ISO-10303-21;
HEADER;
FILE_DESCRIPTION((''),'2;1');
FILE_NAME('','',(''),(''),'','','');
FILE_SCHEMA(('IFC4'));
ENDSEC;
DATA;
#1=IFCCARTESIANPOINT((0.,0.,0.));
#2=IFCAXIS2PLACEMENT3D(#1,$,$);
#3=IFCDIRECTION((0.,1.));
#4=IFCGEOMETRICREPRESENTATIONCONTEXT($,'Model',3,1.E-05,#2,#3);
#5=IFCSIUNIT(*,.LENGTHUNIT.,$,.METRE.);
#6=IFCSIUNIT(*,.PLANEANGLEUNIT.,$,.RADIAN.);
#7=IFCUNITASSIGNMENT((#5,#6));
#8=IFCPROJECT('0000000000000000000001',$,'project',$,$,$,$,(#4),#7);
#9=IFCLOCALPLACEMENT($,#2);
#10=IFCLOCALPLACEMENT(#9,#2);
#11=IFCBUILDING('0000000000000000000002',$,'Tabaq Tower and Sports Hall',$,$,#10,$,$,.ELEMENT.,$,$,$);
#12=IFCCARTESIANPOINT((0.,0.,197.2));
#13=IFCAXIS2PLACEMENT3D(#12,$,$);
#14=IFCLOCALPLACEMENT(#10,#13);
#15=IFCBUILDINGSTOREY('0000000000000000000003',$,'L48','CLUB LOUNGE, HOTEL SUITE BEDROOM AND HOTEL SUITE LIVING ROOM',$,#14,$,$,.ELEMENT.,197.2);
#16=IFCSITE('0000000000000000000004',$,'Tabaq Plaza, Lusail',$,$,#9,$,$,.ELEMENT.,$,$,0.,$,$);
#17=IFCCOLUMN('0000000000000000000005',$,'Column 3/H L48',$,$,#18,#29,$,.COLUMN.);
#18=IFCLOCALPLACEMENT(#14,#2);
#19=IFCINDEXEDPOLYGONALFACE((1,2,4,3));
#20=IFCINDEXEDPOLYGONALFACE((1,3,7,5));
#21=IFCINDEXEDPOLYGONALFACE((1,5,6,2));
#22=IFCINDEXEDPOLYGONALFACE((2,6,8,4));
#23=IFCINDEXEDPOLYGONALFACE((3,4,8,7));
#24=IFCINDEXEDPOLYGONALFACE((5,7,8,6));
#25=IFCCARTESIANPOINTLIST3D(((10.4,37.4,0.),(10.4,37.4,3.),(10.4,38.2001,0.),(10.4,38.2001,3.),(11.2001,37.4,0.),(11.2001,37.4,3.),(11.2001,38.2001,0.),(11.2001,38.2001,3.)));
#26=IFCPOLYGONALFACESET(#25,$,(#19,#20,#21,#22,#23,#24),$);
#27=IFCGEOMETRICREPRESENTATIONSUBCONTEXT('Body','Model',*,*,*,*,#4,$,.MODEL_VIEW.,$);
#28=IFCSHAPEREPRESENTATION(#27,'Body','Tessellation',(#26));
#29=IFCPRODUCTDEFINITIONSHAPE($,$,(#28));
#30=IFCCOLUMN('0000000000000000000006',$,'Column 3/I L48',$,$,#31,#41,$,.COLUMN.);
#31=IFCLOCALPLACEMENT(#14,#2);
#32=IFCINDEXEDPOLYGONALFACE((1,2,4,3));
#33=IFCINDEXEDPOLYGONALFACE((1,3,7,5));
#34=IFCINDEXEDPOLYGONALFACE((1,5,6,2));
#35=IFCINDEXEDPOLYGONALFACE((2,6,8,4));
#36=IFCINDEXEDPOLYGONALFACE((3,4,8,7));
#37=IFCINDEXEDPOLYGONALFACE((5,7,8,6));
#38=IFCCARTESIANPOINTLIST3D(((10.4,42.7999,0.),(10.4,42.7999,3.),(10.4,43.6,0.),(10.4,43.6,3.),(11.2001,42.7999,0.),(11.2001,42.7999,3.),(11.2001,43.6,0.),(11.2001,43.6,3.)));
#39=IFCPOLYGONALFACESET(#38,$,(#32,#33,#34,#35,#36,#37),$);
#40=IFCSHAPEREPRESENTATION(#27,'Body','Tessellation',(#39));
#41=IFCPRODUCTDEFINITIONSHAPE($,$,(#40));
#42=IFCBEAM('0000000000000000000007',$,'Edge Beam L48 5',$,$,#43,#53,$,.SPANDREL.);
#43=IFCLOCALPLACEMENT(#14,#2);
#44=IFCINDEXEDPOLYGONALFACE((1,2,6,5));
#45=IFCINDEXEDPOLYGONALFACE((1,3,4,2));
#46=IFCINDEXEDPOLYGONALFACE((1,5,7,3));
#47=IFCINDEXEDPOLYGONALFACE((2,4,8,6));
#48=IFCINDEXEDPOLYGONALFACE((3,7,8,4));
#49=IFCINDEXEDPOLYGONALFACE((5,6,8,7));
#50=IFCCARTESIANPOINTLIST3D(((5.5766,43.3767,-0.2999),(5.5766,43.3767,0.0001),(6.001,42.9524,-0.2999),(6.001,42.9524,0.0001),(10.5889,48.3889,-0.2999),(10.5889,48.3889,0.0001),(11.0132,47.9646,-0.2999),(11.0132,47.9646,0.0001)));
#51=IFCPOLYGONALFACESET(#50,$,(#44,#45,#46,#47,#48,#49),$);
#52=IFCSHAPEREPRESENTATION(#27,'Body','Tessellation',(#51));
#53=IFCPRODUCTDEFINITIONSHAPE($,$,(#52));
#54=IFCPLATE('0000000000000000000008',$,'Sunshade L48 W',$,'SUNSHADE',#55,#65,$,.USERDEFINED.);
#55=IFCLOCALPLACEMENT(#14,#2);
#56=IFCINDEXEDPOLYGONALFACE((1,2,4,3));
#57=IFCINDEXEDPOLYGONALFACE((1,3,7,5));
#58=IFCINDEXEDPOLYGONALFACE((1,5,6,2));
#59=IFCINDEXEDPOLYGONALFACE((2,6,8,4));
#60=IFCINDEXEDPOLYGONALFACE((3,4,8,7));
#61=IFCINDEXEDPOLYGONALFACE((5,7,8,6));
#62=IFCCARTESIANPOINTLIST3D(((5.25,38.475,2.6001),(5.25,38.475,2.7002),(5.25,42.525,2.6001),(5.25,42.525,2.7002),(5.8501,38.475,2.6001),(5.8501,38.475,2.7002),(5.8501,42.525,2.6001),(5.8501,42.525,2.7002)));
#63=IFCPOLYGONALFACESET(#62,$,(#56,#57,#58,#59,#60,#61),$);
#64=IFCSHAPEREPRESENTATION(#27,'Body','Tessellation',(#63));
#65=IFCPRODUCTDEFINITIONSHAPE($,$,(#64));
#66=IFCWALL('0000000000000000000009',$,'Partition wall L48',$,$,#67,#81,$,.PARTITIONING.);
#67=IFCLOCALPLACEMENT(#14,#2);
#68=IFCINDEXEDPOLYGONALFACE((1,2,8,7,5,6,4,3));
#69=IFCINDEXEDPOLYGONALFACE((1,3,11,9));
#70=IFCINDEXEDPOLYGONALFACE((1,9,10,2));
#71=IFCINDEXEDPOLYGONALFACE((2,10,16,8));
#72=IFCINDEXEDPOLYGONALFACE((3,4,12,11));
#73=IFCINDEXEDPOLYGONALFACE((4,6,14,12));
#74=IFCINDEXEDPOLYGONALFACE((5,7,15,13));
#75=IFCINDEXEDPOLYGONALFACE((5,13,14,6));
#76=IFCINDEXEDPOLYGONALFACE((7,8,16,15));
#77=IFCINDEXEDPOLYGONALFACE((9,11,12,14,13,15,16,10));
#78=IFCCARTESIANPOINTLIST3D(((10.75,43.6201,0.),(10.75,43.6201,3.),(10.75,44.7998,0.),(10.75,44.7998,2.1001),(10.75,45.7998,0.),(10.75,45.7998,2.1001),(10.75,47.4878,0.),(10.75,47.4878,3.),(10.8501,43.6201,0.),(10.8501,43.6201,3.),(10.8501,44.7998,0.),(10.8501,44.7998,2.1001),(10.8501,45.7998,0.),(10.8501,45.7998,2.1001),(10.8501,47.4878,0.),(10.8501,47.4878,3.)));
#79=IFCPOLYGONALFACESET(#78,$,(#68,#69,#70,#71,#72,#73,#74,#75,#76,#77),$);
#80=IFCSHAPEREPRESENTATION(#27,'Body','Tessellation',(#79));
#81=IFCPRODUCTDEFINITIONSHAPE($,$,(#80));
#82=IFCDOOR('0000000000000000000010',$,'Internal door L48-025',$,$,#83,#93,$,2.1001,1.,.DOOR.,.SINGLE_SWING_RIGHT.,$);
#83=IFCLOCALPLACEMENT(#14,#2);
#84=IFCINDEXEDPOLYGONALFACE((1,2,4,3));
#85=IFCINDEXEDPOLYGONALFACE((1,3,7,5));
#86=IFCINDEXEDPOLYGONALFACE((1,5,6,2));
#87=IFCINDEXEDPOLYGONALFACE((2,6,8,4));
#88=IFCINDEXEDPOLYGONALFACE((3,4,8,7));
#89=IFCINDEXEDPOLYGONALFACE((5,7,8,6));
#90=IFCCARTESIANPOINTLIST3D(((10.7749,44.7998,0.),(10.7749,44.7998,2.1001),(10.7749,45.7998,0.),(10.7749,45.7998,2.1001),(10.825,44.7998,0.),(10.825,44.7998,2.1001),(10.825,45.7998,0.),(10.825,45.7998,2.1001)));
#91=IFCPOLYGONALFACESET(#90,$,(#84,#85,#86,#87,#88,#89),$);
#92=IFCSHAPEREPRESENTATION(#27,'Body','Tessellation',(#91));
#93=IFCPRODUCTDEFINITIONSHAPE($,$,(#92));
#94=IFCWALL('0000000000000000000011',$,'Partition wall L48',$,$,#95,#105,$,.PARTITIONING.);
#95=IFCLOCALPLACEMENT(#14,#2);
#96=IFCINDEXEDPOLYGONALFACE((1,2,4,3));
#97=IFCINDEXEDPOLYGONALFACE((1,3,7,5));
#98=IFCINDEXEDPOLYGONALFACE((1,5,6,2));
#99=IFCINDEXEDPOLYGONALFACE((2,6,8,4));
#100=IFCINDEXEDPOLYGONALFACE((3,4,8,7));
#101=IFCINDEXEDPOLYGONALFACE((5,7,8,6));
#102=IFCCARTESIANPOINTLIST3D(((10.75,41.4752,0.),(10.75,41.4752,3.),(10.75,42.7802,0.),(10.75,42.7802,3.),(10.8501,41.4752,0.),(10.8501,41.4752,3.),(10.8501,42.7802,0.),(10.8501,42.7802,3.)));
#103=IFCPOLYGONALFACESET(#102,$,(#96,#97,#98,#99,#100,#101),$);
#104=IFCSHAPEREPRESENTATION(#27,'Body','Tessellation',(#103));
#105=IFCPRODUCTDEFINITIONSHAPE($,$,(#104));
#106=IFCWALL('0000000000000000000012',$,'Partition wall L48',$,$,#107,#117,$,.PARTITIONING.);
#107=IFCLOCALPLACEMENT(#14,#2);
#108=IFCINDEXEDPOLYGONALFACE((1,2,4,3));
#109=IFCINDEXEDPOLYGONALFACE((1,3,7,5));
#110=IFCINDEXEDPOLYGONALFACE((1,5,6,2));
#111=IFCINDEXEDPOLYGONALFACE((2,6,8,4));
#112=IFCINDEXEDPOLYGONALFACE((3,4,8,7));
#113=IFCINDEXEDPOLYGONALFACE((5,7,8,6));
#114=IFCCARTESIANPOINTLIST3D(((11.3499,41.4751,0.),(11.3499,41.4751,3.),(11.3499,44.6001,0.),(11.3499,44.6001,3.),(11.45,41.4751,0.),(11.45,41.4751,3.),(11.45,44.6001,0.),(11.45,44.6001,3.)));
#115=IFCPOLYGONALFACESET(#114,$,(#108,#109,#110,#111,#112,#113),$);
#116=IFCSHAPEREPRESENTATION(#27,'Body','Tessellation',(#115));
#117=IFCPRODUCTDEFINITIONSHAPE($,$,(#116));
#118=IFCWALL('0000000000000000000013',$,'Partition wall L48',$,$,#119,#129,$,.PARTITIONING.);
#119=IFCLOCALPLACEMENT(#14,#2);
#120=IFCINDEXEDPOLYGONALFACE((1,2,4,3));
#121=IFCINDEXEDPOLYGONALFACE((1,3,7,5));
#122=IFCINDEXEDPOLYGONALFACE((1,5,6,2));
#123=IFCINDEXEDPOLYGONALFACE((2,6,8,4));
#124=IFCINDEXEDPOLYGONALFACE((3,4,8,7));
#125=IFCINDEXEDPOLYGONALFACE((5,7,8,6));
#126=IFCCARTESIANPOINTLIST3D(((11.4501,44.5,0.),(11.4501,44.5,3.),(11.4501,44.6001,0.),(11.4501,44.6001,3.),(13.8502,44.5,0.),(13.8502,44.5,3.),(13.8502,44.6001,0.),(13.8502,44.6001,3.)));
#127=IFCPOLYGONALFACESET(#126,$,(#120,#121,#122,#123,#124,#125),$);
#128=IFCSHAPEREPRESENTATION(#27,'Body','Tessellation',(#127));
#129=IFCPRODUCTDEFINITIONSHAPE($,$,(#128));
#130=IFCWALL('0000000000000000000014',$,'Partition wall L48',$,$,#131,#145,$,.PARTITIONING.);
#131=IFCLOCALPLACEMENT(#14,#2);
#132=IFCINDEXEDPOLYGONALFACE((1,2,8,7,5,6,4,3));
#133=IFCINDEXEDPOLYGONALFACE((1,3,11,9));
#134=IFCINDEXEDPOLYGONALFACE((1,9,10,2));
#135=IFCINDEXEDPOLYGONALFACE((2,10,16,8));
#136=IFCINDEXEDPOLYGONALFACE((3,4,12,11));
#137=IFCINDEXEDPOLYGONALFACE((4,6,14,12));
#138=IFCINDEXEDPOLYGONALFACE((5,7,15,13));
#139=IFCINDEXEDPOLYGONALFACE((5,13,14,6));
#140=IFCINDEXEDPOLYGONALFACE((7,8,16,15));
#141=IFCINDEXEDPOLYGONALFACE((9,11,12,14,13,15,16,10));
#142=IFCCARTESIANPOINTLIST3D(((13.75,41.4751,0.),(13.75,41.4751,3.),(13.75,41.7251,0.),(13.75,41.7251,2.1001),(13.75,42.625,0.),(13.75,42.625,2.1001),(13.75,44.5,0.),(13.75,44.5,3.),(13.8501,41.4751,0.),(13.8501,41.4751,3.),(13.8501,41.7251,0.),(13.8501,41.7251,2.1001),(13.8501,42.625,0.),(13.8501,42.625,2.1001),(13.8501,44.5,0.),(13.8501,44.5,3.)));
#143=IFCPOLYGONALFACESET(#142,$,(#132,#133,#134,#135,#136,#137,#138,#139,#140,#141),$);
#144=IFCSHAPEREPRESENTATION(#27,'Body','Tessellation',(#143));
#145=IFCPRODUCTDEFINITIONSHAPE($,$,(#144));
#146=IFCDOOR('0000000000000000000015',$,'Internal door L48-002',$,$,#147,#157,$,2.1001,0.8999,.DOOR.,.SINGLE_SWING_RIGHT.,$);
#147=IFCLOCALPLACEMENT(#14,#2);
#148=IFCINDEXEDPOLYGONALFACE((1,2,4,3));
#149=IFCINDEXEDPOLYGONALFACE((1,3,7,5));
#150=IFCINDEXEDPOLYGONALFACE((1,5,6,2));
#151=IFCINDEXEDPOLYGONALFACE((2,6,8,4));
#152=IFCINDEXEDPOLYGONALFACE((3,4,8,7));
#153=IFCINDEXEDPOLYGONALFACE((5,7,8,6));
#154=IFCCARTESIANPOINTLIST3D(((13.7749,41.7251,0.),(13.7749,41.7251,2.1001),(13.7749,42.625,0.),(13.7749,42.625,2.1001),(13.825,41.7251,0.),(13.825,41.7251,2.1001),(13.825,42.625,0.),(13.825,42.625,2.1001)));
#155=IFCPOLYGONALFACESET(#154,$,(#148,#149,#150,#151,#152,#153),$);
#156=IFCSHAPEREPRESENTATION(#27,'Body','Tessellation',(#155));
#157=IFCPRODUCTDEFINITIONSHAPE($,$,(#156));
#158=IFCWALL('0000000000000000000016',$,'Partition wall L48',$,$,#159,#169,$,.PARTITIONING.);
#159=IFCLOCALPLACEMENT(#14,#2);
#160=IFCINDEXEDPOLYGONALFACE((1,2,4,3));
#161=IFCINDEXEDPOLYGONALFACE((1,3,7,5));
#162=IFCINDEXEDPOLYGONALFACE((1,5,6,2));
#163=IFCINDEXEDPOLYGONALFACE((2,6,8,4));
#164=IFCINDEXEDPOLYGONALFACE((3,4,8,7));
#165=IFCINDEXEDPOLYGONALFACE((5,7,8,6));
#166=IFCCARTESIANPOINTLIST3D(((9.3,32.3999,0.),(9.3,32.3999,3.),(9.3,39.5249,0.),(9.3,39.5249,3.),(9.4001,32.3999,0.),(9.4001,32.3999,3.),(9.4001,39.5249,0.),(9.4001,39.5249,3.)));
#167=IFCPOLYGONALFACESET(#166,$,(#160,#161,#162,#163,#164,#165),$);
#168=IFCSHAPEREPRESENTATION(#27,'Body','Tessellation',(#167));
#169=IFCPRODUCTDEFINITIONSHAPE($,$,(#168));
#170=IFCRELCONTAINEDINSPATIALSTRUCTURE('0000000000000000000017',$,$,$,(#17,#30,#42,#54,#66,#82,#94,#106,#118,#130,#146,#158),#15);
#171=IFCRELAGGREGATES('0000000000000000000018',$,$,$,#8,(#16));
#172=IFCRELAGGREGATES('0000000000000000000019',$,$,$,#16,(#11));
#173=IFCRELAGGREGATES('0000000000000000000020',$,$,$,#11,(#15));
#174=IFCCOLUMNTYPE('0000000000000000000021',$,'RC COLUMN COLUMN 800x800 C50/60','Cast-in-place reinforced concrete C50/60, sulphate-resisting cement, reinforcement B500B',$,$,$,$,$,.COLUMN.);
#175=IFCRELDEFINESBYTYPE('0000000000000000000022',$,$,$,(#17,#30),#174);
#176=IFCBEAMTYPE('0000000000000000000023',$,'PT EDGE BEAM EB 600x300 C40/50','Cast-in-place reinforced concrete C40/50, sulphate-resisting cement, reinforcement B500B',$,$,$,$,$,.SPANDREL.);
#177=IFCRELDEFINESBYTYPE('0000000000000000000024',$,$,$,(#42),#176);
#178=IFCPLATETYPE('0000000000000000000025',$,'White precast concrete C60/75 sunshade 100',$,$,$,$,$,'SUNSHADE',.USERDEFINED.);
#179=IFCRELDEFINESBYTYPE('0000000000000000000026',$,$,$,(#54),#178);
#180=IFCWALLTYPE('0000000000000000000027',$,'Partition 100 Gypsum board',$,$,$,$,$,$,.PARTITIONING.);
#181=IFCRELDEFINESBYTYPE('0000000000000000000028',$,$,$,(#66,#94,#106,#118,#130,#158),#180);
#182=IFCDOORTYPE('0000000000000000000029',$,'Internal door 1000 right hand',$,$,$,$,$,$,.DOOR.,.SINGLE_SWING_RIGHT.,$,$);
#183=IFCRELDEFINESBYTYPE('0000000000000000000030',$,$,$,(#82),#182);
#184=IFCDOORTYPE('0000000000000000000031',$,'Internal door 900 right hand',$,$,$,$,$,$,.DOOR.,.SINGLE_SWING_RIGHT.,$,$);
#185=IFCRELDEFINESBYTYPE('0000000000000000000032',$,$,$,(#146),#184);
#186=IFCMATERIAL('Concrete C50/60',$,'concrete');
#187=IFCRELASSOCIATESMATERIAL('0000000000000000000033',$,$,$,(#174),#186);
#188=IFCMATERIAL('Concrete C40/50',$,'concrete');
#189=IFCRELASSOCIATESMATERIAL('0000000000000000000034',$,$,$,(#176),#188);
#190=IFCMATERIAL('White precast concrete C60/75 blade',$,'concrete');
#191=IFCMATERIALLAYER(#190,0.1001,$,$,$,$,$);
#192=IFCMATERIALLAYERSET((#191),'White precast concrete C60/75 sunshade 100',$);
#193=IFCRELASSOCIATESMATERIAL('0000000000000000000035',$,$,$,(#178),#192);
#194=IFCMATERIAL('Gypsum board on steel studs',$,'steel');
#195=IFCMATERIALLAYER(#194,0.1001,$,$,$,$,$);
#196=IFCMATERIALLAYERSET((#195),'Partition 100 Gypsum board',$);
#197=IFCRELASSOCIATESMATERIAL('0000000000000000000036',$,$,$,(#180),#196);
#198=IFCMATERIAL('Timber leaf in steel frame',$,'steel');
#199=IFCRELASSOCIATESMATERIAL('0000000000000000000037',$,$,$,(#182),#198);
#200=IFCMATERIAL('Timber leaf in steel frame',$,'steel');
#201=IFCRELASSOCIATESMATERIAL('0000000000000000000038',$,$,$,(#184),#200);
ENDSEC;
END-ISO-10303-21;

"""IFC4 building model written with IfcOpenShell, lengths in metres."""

from ifc_helpers import new_model, si_unit, direction, frame, frame_2d, origin, origin_2d, place, context, subcontext, project, spatial, rectangle, extrude, material, layer, layer_set, material_profile, profile_set, type_object, element, fill, save


model = new_model("IFC4")

# Units and contexts
model_context = context("Model", 3, precision=1e-05, world=origin(), true_north=direction((0.0, 1.0)))
body_context = subcontext(model_context, "Body", "Model", "MODEL_VIEW")
ifc_project = project(units=[si_unit("LENGTHUNIT", "METRE"), si_unit("PLANEANGLEUNIT", "RADIAN")], contexts=[model_context])

# Site, building, storey
site_placement = place(None, origin())
site = spatial("IfcSite", under=ifc_project, at=site_placement, Name="Tabaq Plaza, Lusail", CompositionType="ELEMENT", RefElevation=0.0)
building_placement = place(site_placement, origin())
building = spatial("IfcBuilding", under=site, at=building_placement, Name="Tabaq Tower and Sports Hall", CompositionType="ELEMENT")
storey_placement = place(building_placement, frame((0.0, 0.0, 197.2)))
storey = spatial("IfcBuildingStorey", under=building, at=storey_placement, Name="L48", Description="CLUB LOUNGE, HOTEL SUITE BEDROOM AND HOTEL SUITE LIVING ROOM", CompositionType="ELEMENT", Elevation=197.2)

# Columns
ifc_material_1 = material(Name="Concrete C50/60", Category="concrete")
ifc_material_profile_1 = material_profile(ifc_material_1, rectangle(XDim=0.8, YDim=0.8, at=origin_2d()), Name="COLUMN 800x800")
ifc_profile_set_1 = profile_set([ifc_material_profile_1], Name="Concrete C50/60")
column_type = type_object("IfcColumnType", Name="RC COLUMN COLUMN 800x800 C50/60", Description="Cast-in-place reinforced concrete C50/60, sulphate-resisting cement, reinforcement B500B", PredefinedType="COLUMN", material=ifc_profile_set_1)
for number, where, z_axis, x_axis, name in (
    (1, (10.8, 37.8, 0.0), (0.0, 0.0, 1.0), (1.0, 0.0, 0.0), "Column 3/H L48"),
    (2, (10.8, 43.2, 0.0), (0.0, 0.0, 1.0), (1.0, 0.0, 0.0), "Column 3/I L48"),
):
    element("IfcColumn", number, at=place(storey_placement, frame(where, z_axis=z_axis, x_axis=x_axis)), inside=storey, type_object=column_type, Name=name, PredefinedType="COLUMN", context=body_context, shape_type="SweptSolid", body=[
        extrude(rectangle(XDim=0.8, YDim=0.8, at=origin_2d()), origin(), (0.0, 0.0, 1.0), 3.0),
    ])

# Beam
ifc_material_2 = material(Name="Concrete C40/50", Category="concrete")
ifc_material_profile_2 = material_profile(ifc_material_2, rectangle(XDim=0.6001, YDim=0.3, at=origin_2d()), Name="EB 600x300")
ifc_profile_set_2 = profile_set([ifc_material_profile_2], Name="Concrete C40/50")
beam_type = type_object("IfcBeamType", Name="PT EDGE BEAM EB 600x300 C40/50", Description="Cast-in-place reinforced concrete C40/50, sulphate-resisting cement, reinforcement B500B", PredefinedType="SPANDREL", material=ifc_profile_set_2)
beam_placement = place(storey_placement, frame((10.801, 48.1768, -0.1499), z_axis=(-0.707107, -0.707107, 0.0), x_axis=(0.707107, -0.707107, 0.0)))
element("IfcBeam", 3, at=beam_placement, inside=storey, type_object=beam_type, Name="Edge Beam L48 5", PredefinedType="SPANDREL", context=body_context, shape_type="SweptSolid", body=[
    extrude(rectangle(XDim=0.6001, YDim=0.3, at=origin_2d()), origin(), (0.0, 0.0, 1.0), 7.0884),
])

# Plate
ifc_material_3 = material(Name="White precast concrete C60/75 blade", Category="concrete")
ifc_layer_1 = layer(ifc_material_3, 0.1001)
ifc_layer_set_1 = layer_set([ifc_layer_1], Name="White precast concrete C60/75 sunshade 100")
plate_type = type_object("IfcPlateType", Name="White precast concrete C60/75 sunshade 100", ElementType="SUNSHADE", PredefinedType="USERDEFINED", material=ifc_layer_set_1)
plate_placement = place(storey_placement, frame((5.55, 40.5, 2.6001), z_axis=(0.0, 0.0, 1.0), x_axis=(0.0, -1.0, 0.0)))
element("IfcPlate", 4, at=plate_placement, inside=storey, type_object=plate_type, Name="Sunshade L48 W", ObjectType="SUNSHADE", PredefinedType="USERDEFINED", context=body_context, shape_type="SweptSolid", body=[
    extrude(rectangle(XDim=4.05, YDim=0.6001, at=origin_2d()), origin(), (0.0, 0.0, 1.0), 0.1001),
])

# Wall, opening, door
ifc_material_4 = material(Name="Gypsum board on steel studs", Category="steel")
ifc_layer_2 = layer(ifc_material_4, 0.1001)
ifc_layer_set_2 = layer_set([ifc_layer_2], Name="Partition 100 Gypsum board")
wall_type_1 = type_object("IfcWallType", Name="Partition 100 Gypsum board", PredefinedType="PARTITIONING", material=ifc_layer_set_2)
wall_1_placement = place(storey_placement, frame((10.8, 47.4878, 0.0), z_axis=(0.0, 0.0, 1.0), x_axis=(0.0, -1.0, 0.0)))
wall_1 = element("IfcWall", 5, at=wall_1_placement, inside=storey, type_object=wall_type_1, Name="Partition wall L48", PredefinedType="PARTITIONING", context=body_context, shape_type="SweptSolid", body=[
    extrude(rectangle(XDim=3.8677, YDim=0.1001, at=frame_2d((1.9338, 0.0))), origin(), (0.0, 0.0, 1.0), 3.0),
])
opening_1_placement = place(wall_1_placement, frame((1.688, 0.0, 0.0)))
opening_1 = element("IfcOpeningElement", 6, at=opening_1_placement, cuts=wall_1, PredefinedType="OPENING", context=body_context, shape_type="SweptSolid", body=[
    extrude(rectangle(XDim=1.0, YDim=2.1001, at=frame_2d((0.5, 1.05))), frame((0.0, 0.05, 0.0), z_axis=(0.0, -1.0, 0.0), x_axis=(1.0, 0.0, 0.0)), (0.0, 0.0, 1.0), 0.1001),
])
ifc_material_5 = material(Name="Timber leaf in steel frame", Category="steel")
door_type_1 = type_object("IfcDoorType", Name="Internal door 1000 right hand", OperationType="SINGLE_SWING_RIGHT", PredefinedType="DOOR", material=ifc_material_5)
door_1_placement = place(opening_1_placement, origin())
door_1 = element("IfcDoor", 7, at=door_1_placement, inside=storey, type_object=door_type_1, Name="Internal door L48-025", OperationType="SINGLE_SWING_RIGHT", OverallHeight=2.1001, OverallWidth=1.0, PredefinedType="DOOR", context=body_context, shape_type="SweptSolid", body=[
    extrude(rectangle(XDim=1.0, YDim=2.1001, at=frame_2d((0.5, 1.05))), frame((0.0, 0.0249, 0.0), z_axis=(0.0, -1.0, 0.0), x_axis=(1.0, 0.0, 0.0)), (0.0, 0.0, 1.0), 0.05),
])
fill(opening_1, door_1)

# Walls
wall_2_placement = place(storey_placement, frame((10.8, 42.78, 0.0), z_axis=(0.0, 0.0, 1.0), x_axis=(0.0, -1.0, 0.0)))
element("IfcWall", 8, at=wall_2_placement, inside=storey, type_object=wall_type_1, Name="Partition wall L48", PredefinedType="PARTITIONING", context=body_context, shape_type="SweptSolid", body=[
    extrude(rectangle(XDim=1.3049, YDim=0.1001, at=frame_2d((0.6523, 0.0))), origin(), (0.0, 0.0, 1.0), 3.0),
])
wall_3_placement = place(storey_placement, frame((11.3999, 41.4751, 0.0), z_axis=(0.0, 0.0, 1.0), x_axis=(0.0, 1.0, 0.0)))
element("IfcWall", 9, at=wall_3_placement, inside=storey, type_object=wall_type_1, Name="Partition wall L48", PredefinedType="PARTITIONING", context=body_context, shape_type="SweptSolid", body=[
    extrude(rectangle(XDim=3.125, YDim=0.1001, at=frame_2d((1.5625, 0.0))), origin(), (0.0, 0.0, 1.0), 3.0),
])
wall_4_placement = place(storey_placement, frame((11.45, 44.55, 0.0), z_axis=(0.0, 0.0, 1.0), x_axis=(1.0, 0.0, 0.0)))
element("IfcWall", 10, at=wall_4_placement, inside=storey, type_object=wall_type_1, Name="Partition wall L48", PredefinedType="PARTITIONING", context=body_context, shape_type="SweptSolid", body=[
    extrude(rectangle(XDim=2.4001, YDim=0.1001, at=frame_2d((1.2002, 0.0))), origin(), (0.0, 0.0, 1.0), 3.0),
])

# Wall, opening, door
wall_5_placement = place(storey_placement, frame((13.8, 44.5, 0.0), z_axis=(0.0, 0.0, 1.0), x_axis=(0.0, -1.0, 0.0)))
wall_5 = element("IfcWall", 11, at=wall_5_placement, inside=storey, type_object=wall_type_1, Name="Partition wall L48", PredefinedType="PARTITIONING", context=body_context, shape_type="SweptSolid", body=[
    extrude(rectangle(XDim=3.0249, YDim=0.1001, at=frame_2d((1.5125, 0.0))), origin(), (0.0, 0.0, 1.0), 3.0),
])
opening_2_placement = place(wall_5_placement, frame((1.875, 0.0, 0.0)))
opening_2 = element("IfcOpeningElement", 12, at=opening_2_placement, cuts=wall_5, PredefinedType="OPENING", context=body_context, shape_type="SweptSolid", body=[
    extrude(rectangle(XDim=0.8999, YDim=2.1001, at=frame_2d((0.45, 1.05))), frame((0.0, 0.05, 0.0), z_axis=(0.0, -1.0, 0.0), x_axis=(1.0, 0.0, 0.0)), (0.0, 0.0, 1.0), 0.1001),
])
ifc_material_6 = material(Name="Timber leaf in steel frame", Category="steel")
door_type_2 = type_object("IfcDoorType", Name="Internal door 900 right hand", OperationType="SINGLE_SWING_RIGHT", PredefinedType="DOOR", material=ifc_material_6)
door_2_placement = place(opening_2_placement, origin())
door_2 = element("IfcDoor", 13, at=door_2_placement, inside=storey, type_object=door_type_2, Name="Internal door L48-002", OperationType="SINGLE_SWING_RIGHT", OverallHeight=2.1001, OverallWidth=0.8999, PredefinedType="DOOR", context=body_context, shape_type="SweptSolid", body=[
    extrude(rectangle(XDim=0.8999, YDim=2.1001, at=frame_2d((0.45, 1.05))), frame((0.0, 0.0249, 0.0), z_axis=(0.0, -1.0, 0.0), x_axis=(1.0, 0.0, 0.0)), (0.0, 0.0, 1.0), 0.05),
])
fill(opening_2, door_2)

# Wall
wall_6_placement = place(storey_placement, frame((9.3501, 39.5249, 0.0), z_axis=(0.0, 0.0, 1.0), x_axis=(0.0, -1.0, 0.0)))
element("IfcWall", 14, at=wall_6_placement, inside=storey, type_object=wall_type_1, Name="Partition wall L48", PredefinedType="PARTITIONING", context=body_context, shape_type="SweptSolid", body=[
    extrude(rectangle(XDim=7.125, YDim=0.1001, at=frame_2d((3.5625, 0.0))), origin(), (0.0, 0.0, 1.0), 3.0),
])

save(model, "model.ifc")
